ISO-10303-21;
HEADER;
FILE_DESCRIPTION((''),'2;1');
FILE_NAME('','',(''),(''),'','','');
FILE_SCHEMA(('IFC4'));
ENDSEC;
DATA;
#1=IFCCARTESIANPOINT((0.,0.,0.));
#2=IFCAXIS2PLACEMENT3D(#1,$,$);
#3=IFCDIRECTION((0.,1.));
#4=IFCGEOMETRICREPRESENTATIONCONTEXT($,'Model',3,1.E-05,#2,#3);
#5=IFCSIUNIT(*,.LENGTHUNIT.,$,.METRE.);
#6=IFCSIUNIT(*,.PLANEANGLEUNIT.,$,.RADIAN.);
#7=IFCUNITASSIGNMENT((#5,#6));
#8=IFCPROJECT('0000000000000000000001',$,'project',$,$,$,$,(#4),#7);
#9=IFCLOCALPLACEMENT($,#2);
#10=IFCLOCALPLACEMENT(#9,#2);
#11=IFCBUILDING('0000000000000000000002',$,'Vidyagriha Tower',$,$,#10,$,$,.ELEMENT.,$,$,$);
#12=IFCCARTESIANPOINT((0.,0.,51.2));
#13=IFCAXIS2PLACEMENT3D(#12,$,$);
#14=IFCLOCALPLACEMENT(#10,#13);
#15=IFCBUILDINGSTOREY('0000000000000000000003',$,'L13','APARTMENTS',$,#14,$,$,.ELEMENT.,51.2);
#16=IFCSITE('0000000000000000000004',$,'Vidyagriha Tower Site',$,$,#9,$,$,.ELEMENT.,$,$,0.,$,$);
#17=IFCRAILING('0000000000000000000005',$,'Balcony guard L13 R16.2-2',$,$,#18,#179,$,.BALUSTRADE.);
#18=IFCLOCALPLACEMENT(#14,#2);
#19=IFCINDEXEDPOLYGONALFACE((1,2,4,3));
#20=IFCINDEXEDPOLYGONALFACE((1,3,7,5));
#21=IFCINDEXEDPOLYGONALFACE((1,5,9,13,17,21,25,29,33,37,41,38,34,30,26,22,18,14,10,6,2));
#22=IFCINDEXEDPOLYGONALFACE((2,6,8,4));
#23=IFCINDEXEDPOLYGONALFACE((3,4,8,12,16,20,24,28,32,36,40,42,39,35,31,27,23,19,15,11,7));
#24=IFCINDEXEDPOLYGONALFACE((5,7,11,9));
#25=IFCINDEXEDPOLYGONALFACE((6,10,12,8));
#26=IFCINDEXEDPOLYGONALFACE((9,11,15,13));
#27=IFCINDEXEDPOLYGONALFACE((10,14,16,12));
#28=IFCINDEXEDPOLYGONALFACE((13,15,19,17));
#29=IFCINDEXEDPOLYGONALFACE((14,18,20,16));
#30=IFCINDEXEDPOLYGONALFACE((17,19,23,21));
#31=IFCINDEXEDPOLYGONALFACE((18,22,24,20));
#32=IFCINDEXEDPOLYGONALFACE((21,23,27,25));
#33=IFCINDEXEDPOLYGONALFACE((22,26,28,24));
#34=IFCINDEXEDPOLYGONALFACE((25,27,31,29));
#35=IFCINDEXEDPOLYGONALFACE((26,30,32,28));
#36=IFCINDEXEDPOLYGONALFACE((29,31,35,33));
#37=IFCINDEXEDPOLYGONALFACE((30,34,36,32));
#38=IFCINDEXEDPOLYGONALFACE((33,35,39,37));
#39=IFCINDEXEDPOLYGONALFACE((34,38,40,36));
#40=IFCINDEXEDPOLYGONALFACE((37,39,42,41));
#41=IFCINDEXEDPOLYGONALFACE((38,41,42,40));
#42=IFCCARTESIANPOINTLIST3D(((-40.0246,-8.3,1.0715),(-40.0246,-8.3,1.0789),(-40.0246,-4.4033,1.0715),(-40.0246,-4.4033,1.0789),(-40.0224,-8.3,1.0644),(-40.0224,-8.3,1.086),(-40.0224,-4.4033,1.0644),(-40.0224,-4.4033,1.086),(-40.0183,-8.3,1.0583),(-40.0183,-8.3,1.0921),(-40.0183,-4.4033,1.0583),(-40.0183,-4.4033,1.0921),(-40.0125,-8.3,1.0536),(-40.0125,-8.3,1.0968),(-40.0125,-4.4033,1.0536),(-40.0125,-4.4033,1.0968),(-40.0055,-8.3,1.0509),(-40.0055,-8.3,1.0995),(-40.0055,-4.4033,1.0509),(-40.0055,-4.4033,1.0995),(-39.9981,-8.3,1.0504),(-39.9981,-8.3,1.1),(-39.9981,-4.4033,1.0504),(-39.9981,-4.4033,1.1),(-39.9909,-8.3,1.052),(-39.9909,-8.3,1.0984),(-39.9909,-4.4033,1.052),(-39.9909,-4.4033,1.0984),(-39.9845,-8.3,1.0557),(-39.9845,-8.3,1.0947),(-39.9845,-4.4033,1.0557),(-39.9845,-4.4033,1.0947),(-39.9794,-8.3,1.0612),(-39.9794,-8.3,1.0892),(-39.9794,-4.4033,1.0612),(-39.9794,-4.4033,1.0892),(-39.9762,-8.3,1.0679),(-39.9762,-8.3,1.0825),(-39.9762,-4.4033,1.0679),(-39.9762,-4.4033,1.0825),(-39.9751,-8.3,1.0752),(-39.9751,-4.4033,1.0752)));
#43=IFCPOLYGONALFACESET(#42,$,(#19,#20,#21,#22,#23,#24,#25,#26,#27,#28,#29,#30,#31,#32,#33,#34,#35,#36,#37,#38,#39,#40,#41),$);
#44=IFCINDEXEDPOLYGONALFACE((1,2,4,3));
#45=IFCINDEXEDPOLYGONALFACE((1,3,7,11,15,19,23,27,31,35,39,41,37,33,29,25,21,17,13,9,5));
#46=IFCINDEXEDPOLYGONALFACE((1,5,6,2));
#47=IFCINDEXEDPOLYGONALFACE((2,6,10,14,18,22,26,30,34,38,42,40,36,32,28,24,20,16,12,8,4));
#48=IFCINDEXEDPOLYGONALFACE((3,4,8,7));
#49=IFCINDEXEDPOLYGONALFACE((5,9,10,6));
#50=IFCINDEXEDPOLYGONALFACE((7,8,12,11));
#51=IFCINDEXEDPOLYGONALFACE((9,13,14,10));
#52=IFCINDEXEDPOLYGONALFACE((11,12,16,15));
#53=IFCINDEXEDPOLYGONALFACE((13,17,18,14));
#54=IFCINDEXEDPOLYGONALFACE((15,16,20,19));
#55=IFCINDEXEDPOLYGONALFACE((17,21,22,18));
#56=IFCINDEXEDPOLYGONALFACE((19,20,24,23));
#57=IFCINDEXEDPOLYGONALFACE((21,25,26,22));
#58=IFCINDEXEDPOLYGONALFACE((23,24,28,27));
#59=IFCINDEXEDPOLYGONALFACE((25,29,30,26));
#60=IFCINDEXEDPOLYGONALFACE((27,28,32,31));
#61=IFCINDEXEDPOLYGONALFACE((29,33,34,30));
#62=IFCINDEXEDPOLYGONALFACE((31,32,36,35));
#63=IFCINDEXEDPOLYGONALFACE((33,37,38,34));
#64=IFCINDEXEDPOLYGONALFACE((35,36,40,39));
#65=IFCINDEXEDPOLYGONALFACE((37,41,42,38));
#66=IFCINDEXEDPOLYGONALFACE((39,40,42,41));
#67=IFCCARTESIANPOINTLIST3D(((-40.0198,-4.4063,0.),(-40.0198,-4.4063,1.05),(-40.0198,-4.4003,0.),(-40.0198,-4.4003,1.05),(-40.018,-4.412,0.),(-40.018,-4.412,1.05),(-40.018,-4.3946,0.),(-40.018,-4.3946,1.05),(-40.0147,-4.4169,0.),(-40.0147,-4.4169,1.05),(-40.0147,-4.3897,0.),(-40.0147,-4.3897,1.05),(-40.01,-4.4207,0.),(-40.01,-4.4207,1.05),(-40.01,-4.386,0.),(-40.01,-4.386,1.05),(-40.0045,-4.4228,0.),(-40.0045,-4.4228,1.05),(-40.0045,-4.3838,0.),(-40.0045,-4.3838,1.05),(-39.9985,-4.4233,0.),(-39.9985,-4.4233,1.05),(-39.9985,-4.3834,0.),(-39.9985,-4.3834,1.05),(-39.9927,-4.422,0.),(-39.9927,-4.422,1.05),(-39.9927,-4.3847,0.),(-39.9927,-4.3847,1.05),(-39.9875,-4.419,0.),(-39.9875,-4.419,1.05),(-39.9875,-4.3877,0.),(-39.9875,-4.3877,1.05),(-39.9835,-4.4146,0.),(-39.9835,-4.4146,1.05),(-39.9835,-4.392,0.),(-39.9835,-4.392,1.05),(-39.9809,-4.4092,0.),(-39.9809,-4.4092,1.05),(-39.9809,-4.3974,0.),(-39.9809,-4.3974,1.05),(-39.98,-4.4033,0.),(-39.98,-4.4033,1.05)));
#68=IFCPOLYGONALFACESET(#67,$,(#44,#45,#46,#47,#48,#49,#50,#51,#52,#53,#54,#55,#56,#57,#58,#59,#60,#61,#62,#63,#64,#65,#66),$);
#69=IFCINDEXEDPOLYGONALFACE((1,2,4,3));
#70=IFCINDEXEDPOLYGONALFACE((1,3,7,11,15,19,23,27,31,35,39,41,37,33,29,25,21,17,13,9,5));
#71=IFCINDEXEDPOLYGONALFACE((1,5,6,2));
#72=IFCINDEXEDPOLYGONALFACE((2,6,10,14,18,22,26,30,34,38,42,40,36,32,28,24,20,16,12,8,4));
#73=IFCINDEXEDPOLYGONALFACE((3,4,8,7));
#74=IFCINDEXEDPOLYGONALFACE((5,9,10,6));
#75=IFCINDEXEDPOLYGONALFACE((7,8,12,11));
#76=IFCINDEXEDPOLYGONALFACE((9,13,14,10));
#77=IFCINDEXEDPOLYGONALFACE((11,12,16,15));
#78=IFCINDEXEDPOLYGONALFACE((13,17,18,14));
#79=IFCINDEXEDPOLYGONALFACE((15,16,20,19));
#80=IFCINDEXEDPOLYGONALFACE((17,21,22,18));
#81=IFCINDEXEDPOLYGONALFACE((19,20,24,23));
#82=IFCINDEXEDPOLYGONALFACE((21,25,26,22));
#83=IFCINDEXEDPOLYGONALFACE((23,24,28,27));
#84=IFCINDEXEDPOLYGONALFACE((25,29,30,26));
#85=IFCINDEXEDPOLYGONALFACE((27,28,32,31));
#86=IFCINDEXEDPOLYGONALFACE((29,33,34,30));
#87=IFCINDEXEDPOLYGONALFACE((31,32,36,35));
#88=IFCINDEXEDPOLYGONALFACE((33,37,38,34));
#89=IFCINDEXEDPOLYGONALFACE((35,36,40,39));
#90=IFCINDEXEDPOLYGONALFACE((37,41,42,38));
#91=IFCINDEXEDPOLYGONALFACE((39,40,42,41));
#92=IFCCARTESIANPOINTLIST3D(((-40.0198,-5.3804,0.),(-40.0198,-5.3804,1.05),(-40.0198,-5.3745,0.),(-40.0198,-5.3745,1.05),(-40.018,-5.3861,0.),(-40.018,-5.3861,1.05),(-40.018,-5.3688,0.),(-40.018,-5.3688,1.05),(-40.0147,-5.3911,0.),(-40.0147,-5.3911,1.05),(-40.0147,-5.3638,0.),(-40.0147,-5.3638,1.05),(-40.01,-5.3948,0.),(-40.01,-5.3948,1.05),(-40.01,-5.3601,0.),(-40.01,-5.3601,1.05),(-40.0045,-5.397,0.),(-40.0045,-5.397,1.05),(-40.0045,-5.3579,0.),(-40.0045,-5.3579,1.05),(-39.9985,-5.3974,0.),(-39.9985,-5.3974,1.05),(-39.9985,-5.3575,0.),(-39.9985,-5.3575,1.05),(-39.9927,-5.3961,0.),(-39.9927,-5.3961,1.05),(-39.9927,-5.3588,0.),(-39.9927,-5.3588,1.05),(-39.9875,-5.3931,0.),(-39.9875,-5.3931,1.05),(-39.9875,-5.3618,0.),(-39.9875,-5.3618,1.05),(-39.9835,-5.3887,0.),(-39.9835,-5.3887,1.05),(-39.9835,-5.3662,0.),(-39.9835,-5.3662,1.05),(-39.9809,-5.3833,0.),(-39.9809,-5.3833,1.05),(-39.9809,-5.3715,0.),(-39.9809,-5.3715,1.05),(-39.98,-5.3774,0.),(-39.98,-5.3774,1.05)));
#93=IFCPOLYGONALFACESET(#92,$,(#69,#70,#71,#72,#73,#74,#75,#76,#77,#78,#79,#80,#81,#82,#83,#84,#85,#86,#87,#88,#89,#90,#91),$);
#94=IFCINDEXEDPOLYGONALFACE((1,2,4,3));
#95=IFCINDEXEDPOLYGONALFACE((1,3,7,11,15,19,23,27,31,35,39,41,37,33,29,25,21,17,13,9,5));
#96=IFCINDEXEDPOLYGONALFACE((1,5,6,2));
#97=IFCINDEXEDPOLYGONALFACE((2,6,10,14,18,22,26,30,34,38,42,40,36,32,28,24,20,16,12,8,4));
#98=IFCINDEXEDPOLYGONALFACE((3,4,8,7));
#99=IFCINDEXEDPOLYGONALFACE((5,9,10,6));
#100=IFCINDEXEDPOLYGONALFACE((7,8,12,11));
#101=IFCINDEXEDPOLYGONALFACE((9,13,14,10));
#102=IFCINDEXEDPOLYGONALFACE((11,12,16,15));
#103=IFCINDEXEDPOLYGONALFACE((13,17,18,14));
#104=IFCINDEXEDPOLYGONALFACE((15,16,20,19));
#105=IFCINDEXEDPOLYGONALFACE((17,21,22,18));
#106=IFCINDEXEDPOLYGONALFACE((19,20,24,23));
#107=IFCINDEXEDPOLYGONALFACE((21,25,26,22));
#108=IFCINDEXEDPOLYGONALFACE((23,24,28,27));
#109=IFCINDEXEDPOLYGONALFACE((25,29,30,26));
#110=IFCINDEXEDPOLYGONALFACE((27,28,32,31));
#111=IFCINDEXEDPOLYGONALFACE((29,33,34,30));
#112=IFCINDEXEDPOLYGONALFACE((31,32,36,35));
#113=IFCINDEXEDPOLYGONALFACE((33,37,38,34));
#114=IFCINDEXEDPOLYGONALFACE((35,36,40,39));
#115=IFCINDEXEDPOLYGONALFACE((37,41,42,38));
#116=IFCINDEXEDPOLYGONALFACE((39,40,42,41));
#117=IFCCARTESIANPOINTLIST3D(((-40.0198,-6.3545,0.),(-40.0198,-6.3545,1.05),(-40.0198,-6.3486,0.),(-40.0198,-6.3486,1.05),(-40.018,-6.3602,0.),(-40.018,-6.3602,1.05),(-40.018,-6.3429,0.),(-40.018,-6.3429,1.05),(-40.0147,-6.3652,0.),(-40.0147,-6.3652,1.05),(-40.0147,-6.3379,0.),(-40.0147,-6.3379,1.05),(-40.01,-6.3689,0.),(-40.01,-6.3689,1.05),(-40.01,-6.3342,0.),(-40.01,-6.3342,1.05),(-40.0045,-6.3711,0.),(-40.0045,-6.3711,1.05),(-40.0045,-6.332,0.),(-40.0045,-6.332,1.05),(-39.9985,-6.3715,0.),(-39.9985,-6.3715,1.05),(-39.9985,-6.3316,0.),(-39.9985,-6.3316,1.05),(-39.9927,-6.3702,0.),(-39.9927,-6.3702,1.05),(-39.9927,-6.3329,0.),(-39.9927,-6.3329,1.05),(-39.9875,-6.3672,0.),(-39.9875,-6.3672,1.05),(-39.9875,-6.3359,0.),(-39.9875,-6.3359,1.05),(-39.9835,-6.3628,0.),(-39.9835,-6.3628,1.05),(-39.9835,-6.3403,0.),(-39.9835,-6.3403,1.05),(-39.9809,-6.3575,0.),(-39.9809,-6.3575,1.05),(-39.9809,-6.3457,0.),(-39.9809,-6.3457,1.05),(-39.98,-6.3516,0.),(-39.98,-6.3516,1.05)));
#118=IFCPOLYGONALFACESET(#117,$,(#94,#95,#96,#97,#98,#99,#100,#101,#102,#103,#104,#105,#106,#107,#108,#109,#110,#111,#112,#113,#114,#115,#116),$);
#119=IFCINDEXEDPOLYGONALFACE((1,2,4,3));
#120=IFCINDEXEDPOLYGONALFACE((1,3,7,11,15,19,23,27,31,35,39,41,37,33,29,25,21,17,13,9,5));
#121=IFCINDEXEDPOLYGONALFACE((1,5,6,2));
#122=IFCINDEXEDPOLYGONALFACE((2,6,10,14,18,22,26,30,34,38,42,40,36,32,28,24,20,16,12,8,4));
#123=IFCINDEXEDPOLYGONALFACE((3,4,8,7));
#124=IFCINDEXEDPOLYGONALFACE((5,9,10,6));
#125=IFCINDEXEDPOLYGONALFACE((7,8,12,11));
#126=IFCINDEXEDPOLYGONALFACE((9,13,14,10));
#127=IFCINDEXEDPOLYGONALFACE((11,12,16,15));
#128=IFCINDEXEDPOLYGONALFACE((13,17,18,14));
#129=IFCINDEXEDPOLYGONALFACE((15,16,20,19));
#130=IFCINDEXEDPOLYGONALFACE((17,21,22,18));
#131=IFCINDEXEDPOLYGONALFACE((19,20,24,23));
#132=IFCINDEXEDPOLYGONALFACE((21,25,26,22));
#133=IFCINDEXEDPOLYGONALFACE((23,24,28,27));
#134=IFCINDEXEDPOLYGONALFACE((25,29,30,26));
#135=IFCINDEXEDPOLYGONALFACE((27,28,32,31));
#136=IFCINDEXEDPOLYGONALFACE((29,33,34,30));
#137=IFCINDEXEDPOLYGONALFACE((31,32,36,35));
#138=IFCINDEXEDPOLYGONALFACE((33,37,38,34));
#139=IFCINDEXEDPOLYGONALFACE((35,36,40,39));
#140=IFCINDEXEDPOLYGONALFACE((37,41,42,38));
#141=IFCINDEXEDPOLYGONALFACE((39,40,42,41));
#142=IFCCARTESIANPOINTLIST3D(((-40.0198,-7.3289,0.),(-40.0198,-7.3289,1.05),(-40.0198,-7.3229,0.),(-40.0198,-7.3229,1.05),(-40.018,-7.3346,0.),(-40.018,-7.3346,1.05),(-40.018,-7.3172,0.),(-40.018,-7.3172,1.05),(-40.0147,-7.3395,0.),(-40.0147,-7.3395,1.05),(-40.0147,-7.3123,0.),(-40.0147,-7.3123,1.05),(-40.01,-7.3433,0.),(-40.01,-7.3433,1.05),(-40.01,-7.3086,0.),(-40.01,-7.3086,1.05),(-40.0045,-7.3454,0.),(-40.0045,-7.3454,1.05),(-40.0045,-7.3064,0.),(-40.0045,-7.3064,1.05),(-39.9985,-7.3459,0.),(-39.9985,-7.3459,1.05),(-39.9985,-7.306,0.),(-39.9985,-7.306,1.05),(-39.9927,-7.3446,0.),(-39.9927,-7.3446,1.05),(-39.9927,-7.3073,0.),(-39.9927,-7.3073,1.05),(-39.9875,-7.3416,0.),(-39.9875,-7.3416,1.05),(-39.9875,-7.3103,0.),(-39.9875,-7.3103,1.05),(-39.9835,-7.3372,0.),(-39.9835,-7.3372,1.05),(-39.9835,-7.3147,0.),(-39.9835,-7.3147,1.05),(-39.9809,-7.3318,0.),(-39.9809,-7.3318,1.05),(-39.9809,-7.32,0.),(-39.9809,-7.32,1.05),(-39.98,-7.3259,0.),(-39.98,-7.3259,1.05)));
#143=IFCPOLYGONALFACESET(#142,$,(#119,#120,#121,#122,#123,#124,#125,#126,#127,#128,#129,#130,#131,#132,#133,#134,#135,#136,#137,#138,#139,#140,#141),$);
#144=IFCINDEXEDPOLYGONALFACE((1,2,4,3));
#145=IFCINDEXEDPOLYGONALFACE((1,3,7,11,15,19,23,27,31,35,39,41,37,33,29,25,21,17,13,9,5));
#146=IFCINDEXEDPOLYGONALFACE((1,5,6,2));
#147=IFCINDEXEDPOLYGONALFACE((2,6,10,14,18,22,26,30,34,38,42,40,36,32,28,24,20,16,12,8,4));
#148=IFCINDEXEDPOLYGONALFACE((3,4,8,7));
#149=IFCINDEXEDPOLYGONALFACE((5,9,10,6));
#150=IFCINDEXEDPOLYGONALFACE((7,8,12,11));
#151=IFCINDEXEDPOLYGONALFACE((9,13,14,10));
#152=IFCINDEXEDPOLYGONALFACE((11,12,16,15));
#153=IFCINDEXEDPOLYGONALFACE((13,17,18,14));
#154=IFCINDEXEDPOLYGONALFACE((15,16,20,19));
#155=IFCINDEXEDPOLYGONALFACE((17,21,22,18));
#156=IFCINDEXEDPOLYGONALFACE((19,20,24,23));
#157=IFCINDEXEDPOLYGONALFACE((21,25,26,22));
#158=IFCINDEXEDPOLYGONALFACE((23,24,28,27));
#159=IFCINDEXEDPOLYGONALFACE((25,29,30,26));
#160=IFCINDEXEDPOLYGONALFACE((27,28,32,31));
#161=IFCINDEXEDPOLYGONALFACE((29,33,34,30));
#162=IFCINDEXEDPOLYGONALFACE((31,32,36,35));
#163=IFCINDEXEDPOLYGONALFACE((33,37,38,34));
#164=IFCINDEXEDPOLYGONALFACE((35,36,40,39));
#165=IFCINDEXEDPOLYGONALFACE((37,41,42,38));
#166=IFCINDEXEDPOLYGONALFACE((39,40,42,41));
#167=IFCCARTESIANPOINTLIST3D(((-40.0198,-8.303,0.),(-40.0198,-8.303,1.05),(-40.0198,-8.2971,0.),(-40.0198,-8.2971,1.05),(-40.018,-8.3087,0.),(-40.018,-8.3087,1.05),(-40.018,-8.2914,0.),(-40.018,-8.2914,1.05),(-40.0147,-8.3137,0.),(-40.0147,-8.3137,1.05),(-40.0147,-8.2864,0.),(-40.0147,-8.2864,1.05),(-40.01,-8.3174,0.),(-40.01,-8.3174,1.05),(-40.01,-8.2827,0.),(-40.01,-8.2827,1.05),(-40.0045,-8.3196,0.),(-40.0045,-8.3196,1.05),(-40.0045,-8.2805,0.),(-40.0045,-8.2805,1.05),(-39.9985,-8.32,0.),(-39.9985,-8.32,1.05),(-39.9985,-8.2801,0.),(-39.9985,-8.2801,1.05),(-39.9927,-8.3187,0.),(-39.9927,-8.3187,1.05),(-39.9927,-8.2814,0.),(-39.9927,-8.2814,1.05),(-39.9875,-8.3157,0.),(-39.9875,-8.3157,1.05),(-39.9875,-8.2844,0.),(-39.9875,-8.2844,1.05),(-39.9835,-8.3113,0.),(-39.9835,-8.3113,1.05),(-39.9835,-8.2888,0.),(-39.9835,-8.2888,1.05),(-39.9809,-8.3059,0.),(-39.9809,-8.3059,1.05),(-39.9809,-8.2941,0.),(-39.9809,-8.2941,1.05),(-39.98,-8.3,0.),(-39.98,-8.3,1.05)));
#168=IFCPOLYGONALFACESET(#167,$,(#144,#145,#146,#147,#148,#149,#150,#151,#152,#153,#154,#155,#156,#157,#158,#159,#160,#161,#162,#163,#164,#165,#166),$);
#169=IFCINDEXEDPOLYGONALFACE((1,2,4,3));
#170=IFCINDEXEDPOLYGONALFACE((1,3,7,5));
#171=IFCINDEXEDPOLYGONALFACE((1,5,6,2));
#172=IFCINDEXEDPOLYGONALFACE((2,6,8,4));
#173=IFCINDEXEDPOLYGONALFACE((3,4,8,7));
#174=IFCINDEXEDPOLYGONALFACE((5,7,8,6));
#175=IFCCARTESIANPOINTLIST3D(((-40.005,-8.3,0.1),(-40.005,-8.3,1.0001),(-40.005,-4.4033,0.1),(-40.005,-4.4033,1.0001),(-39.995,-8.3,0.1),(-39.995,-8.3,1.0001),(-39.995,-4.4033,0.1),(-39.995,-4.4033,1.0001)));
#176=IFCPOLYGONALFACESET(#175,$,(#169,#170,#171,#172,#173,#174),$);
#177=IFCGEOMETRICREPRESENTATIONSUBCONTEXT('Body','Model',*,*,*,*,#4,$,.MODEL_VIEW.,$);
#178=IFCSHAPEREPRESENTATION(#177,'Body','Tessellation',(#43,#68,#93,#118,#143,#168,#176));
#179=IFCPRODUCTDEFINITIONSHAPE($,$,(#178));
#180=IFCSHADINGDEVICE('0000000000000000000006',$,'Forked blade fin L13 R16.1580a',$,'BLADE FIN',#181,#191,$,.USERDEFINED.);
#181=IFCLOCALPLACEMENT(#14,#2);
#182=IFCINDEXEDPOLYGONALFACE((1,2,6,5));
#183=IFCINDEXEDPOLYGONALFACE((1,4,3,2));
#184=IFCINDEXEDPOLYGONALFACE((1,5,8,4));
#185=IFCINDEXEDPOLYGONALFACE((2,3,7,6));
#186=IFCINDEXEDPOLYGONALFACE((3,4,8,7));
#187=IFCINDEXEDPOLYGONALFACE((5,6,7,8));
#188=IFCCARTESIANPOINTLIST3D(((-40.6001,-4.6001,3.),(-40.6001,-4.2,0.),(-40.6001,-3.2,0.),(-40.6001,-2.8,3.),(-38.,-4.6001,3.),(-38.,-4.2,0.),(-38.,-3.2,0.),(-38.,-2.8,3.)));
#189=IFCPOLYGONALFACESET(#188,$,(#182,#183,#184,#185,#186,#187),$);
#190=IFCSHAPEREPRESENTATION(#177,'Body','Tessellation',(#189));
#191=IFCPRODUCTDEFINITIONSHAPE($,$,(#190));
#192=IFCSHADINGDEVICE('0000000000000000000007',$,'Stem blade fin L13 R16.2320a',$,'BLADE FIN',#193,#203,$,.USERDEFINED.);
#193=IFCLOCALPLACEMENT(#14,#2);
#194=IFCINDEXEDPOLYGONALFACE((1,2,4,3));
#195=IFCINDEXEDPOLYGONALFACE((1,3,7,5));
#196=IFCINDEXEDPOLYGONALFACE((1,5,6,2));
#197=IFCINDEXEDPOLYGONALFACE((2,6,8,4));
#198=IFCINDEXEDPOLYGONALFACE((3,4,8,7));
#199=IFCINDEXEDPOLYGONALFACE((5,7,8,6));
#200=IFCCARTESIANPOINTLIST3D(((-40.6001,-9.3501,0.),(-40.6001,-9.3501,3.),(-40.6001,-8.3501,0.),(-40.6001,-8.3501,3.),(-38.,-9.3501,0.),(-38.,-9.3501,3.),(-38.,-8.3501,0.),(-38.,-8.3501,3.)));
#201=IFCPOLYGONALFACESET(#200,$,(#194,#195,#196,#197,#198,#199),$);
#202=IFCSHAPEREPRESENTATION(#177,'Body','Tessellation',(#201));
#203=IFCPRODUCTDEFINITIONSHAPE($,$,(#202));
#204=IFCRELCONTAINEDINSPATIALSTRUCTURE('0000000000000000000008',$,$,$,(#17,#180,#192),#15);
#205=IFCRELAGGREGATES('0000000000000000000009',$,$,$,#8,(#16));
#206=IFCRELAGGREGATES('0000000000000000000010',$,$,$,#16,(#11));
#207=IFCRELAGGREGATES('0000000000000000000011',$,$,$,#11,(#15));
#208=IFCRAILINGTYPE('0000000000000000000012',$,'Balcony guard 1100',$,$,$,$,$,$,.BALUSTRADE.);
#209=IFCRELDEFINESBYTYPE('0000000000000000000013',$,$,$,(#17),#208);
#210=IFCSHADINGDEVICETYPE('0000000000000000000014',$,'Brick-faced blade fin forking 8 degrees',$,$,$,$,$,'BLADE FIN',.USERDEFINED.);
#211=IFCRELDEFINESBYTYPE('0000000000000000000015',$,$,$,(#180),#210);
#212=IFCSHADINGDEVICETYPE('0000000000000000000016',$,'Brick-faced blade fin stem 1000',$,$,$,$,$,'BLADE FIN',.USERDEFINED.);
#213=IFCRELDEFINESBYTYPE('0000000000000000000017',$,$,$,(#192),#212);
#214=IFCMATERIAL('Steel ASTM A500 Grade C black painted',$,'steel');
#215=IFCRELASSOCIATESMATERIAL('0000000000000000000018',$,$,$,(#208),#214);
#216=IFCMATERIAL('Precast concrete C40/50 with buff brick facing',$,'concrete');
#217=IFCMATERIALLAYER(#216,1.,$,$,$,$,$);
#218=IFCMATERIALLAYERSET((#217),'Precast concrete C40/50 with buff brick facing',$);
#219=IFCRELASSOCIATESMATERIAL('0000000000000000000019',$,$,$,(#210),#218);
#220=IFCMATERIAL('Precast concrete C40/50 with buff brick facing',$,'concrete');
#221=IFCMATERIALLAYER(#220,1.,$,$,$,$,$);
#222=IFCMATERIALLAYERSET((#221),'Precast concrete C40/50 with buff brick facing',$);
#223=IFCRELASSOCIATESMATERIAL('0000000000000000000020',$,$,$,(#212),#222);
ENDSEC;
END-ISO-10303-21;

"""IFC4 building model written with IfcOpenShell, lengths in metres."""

from ifc_helpers import new_model, si_unit, direction, frame, origin, origin_2d, place, context, subcontext, project, spatial, polyline, rectangle, circle, outline, extrude, material, layer, layer_set, type_object, element, save


model = new_model("IFC4")

# Units and contexts
model_context = context("Model", 3, precision=1e-05, world=origin(), true_north=direction((0.0, 1.0)))
body_context = subcontext(model_context, "Body", "Model", "MODEL_VIEW")
ifc_project = project(units=[si_unit("LENGTHUNIT", "METRE"), si_unit("PLANEANGLEUNIT", "RADIAN")], contexts=[model_context])

# Site, building, storey
site_placement = place(None, origin())
site = spatial("IfcSite", under=ifc_project, at=site_placement, Name="Vidyagriha Tower Site", CompositionType="ELEMENT", RefElevation=0.0)
building_placement = place(site_placement, origin())
building = spatial("IfcBuilding", under=site, at=building_placement, Name="Vidyagriha Tower", CompositionType="ELEMENT")
storey_placement = place(building_placement, frame((0.0, 0.0, 51.2)))
storey = spatial("IfcBuildingStorey", under=building, at=storey_placement, Name="L13", Description="APARTMENTS", CompositionType="ELEMENT", Elevation=51.2)

# Railing
ifc_material_1 = material(Name="Steel ASTM A500 Grade C black painted", Category="steel")
railing_type_1 = type_object("IfcRailingType", Name="Balcony guard 1100", PredefinedType="BALUSTRADE", material=ifc_material_1)
railing_1_placement = place(storey_placement, frame((-40.0, -4.4033, 0.0)))
element("IfcRailing", 1, at=railing_1_placement, inside=storey, type_object=railing_type_1, Name="Balcony guard L13 R16.2-2", PredefinedType="BALUSTRADE", context=body_context, shape_type="SweptSolid", body=[
    extrude(circle(Radius=0.0249, at=origin_2d()), frame((0.0, 0.0, 1.0752), z_axis=(0.0, -1.0, 0.0), x_axis=(1.0, 0.0, 0.0)), (0.0, 0.0, 1.0), 3.8967),
    extrude(circle(Radius=0.02, at=origin_2d()), origin(), (0.0, 0.0, 1.0), 1.05),
    extrude(circle(Radius=0.02, at=origin_2d()), frame((0.0, -0.9741, 0.0)), (0.0, 0.0, 1.0), 1.05),
    extrude(circle(Radius=0.02, at=origin_2d()), frame((0.0, -1.9482, 0.0)), (0.0, 0.0, 1.0), 1.05),
    extrude(circle(Radius=0.02, at=origin_2d()), frame((0.0, -2.9226, 0.0)), (0.0, 0.0, 1.0), 1.05),
    extrude(circle(Radius=0.02, at=origin_2d()), frame((0.0, -3.8967, 0.0)), (0.0, 0.0, 1.0), 1.05),
    extrude(rectangle(XDim=0.01, YDim=0.9001, at=origin_2d()), frame((0.0, 0.0, 0.55), z_axis=(0.0, -1.0, 0.0), x_axis=(1.0, 0.0, 0.0)), (0.0, 0.0, 1.0), 3.8967),
])

# Shading devices
ifc_material_2 = material(Name="Precast concrete C40/50 with buff brick facing", Category="concrete")
ifc_layer_1 = layer(ifc_material_2, 1.0)
ifc_layer_set_1 = layer_set([ifc_layer_1], Name="Precast concrete C40/50 with buff brick facing")
shading_device_type_1 = type_object("IfcShadingDeviceType", Name="Brick-faced blade fin forking 8 degrees", ElementType="BLADE FIN", PredefinedType="USERDEFINED", material=ifc_layer_set_1)
shading_device_1_placement = place(storey_placement, frame((-39.3, -2.8, 0.0), z_axis=(0.0, 0.0, 1.0), x_axis=(0.0, -1.0, 0.0)))
element("IfcShadingDevice", 2, at=shading_device_1_placement, inside=storey, type_object=shading_device_type_1, Name="Forked blade fin L13 R16.1580a", ObjectType="BLADE FIN", PredefinedType="USERDEFINED", context=body_context, shape_type="SweptSolid", body=[
    extrude(outline(polyline([(0.3999, 0.0), (1.3999, 0.0), (1.8, 3.0), (0.0, 3.0), (0.3999, 0.0)])), frame((0.0, 1.3, 0.0), z_axis=(0.0, -1.0, 0.0), x_axis=(1.0, 0.0, 0.0)), (0.0, 0.0, 1.0), 2.6001),
])
ifc_material_3 = material(Name="Precast concrete C40/50 with buff brick facing", Category="concrete")
ifc_layer_2 = layer(ifc_material_3, 1.0)
ifc_layer_set_2 = layer_set([ifc_layer_2], Name="Precast concrete C40/50 with buff brick facing")
shading_device_type_2 = type_object("IfcShadingDeviceType", Name="Brick-faced blade fin stem 1000", ElementType="BLADE FIN", PredefinedType="USERDEFINED", material=ifc_layer_set_2)
shading_device_2_placement = place(storey_placement, frame((-39.3, -8.3501, 0.0), z_axis=(0.0, 0.0, 1.0), x_axis=(0.0, -1.0, 0.0)))
element("IfcShadingDevice", 3, at=shading_device_2_placement, inside=storey, type_object=shading_device_type_2, Name="Stem blade fin L13 R16.2320a", ObjectType="BLADE FIN", PredefinedType="USERDEFINED", context=body_context, shape_type="SweptSolid", body=[
    extrude(outline(polyline([(0.0, 0.0), (1.0, 0.0), (1.0, 3.0), (0.0, 3.0), (0.0, 0.0)])), frame((0.0, 1.3, 0.0), z_axis=(0.0, -1.0, 0.0), x_axis=(1.0, 0.0, 0.0)), (0.0, 0.0, 1.0), 2.6001),
])

save(model, "model.ifc")
